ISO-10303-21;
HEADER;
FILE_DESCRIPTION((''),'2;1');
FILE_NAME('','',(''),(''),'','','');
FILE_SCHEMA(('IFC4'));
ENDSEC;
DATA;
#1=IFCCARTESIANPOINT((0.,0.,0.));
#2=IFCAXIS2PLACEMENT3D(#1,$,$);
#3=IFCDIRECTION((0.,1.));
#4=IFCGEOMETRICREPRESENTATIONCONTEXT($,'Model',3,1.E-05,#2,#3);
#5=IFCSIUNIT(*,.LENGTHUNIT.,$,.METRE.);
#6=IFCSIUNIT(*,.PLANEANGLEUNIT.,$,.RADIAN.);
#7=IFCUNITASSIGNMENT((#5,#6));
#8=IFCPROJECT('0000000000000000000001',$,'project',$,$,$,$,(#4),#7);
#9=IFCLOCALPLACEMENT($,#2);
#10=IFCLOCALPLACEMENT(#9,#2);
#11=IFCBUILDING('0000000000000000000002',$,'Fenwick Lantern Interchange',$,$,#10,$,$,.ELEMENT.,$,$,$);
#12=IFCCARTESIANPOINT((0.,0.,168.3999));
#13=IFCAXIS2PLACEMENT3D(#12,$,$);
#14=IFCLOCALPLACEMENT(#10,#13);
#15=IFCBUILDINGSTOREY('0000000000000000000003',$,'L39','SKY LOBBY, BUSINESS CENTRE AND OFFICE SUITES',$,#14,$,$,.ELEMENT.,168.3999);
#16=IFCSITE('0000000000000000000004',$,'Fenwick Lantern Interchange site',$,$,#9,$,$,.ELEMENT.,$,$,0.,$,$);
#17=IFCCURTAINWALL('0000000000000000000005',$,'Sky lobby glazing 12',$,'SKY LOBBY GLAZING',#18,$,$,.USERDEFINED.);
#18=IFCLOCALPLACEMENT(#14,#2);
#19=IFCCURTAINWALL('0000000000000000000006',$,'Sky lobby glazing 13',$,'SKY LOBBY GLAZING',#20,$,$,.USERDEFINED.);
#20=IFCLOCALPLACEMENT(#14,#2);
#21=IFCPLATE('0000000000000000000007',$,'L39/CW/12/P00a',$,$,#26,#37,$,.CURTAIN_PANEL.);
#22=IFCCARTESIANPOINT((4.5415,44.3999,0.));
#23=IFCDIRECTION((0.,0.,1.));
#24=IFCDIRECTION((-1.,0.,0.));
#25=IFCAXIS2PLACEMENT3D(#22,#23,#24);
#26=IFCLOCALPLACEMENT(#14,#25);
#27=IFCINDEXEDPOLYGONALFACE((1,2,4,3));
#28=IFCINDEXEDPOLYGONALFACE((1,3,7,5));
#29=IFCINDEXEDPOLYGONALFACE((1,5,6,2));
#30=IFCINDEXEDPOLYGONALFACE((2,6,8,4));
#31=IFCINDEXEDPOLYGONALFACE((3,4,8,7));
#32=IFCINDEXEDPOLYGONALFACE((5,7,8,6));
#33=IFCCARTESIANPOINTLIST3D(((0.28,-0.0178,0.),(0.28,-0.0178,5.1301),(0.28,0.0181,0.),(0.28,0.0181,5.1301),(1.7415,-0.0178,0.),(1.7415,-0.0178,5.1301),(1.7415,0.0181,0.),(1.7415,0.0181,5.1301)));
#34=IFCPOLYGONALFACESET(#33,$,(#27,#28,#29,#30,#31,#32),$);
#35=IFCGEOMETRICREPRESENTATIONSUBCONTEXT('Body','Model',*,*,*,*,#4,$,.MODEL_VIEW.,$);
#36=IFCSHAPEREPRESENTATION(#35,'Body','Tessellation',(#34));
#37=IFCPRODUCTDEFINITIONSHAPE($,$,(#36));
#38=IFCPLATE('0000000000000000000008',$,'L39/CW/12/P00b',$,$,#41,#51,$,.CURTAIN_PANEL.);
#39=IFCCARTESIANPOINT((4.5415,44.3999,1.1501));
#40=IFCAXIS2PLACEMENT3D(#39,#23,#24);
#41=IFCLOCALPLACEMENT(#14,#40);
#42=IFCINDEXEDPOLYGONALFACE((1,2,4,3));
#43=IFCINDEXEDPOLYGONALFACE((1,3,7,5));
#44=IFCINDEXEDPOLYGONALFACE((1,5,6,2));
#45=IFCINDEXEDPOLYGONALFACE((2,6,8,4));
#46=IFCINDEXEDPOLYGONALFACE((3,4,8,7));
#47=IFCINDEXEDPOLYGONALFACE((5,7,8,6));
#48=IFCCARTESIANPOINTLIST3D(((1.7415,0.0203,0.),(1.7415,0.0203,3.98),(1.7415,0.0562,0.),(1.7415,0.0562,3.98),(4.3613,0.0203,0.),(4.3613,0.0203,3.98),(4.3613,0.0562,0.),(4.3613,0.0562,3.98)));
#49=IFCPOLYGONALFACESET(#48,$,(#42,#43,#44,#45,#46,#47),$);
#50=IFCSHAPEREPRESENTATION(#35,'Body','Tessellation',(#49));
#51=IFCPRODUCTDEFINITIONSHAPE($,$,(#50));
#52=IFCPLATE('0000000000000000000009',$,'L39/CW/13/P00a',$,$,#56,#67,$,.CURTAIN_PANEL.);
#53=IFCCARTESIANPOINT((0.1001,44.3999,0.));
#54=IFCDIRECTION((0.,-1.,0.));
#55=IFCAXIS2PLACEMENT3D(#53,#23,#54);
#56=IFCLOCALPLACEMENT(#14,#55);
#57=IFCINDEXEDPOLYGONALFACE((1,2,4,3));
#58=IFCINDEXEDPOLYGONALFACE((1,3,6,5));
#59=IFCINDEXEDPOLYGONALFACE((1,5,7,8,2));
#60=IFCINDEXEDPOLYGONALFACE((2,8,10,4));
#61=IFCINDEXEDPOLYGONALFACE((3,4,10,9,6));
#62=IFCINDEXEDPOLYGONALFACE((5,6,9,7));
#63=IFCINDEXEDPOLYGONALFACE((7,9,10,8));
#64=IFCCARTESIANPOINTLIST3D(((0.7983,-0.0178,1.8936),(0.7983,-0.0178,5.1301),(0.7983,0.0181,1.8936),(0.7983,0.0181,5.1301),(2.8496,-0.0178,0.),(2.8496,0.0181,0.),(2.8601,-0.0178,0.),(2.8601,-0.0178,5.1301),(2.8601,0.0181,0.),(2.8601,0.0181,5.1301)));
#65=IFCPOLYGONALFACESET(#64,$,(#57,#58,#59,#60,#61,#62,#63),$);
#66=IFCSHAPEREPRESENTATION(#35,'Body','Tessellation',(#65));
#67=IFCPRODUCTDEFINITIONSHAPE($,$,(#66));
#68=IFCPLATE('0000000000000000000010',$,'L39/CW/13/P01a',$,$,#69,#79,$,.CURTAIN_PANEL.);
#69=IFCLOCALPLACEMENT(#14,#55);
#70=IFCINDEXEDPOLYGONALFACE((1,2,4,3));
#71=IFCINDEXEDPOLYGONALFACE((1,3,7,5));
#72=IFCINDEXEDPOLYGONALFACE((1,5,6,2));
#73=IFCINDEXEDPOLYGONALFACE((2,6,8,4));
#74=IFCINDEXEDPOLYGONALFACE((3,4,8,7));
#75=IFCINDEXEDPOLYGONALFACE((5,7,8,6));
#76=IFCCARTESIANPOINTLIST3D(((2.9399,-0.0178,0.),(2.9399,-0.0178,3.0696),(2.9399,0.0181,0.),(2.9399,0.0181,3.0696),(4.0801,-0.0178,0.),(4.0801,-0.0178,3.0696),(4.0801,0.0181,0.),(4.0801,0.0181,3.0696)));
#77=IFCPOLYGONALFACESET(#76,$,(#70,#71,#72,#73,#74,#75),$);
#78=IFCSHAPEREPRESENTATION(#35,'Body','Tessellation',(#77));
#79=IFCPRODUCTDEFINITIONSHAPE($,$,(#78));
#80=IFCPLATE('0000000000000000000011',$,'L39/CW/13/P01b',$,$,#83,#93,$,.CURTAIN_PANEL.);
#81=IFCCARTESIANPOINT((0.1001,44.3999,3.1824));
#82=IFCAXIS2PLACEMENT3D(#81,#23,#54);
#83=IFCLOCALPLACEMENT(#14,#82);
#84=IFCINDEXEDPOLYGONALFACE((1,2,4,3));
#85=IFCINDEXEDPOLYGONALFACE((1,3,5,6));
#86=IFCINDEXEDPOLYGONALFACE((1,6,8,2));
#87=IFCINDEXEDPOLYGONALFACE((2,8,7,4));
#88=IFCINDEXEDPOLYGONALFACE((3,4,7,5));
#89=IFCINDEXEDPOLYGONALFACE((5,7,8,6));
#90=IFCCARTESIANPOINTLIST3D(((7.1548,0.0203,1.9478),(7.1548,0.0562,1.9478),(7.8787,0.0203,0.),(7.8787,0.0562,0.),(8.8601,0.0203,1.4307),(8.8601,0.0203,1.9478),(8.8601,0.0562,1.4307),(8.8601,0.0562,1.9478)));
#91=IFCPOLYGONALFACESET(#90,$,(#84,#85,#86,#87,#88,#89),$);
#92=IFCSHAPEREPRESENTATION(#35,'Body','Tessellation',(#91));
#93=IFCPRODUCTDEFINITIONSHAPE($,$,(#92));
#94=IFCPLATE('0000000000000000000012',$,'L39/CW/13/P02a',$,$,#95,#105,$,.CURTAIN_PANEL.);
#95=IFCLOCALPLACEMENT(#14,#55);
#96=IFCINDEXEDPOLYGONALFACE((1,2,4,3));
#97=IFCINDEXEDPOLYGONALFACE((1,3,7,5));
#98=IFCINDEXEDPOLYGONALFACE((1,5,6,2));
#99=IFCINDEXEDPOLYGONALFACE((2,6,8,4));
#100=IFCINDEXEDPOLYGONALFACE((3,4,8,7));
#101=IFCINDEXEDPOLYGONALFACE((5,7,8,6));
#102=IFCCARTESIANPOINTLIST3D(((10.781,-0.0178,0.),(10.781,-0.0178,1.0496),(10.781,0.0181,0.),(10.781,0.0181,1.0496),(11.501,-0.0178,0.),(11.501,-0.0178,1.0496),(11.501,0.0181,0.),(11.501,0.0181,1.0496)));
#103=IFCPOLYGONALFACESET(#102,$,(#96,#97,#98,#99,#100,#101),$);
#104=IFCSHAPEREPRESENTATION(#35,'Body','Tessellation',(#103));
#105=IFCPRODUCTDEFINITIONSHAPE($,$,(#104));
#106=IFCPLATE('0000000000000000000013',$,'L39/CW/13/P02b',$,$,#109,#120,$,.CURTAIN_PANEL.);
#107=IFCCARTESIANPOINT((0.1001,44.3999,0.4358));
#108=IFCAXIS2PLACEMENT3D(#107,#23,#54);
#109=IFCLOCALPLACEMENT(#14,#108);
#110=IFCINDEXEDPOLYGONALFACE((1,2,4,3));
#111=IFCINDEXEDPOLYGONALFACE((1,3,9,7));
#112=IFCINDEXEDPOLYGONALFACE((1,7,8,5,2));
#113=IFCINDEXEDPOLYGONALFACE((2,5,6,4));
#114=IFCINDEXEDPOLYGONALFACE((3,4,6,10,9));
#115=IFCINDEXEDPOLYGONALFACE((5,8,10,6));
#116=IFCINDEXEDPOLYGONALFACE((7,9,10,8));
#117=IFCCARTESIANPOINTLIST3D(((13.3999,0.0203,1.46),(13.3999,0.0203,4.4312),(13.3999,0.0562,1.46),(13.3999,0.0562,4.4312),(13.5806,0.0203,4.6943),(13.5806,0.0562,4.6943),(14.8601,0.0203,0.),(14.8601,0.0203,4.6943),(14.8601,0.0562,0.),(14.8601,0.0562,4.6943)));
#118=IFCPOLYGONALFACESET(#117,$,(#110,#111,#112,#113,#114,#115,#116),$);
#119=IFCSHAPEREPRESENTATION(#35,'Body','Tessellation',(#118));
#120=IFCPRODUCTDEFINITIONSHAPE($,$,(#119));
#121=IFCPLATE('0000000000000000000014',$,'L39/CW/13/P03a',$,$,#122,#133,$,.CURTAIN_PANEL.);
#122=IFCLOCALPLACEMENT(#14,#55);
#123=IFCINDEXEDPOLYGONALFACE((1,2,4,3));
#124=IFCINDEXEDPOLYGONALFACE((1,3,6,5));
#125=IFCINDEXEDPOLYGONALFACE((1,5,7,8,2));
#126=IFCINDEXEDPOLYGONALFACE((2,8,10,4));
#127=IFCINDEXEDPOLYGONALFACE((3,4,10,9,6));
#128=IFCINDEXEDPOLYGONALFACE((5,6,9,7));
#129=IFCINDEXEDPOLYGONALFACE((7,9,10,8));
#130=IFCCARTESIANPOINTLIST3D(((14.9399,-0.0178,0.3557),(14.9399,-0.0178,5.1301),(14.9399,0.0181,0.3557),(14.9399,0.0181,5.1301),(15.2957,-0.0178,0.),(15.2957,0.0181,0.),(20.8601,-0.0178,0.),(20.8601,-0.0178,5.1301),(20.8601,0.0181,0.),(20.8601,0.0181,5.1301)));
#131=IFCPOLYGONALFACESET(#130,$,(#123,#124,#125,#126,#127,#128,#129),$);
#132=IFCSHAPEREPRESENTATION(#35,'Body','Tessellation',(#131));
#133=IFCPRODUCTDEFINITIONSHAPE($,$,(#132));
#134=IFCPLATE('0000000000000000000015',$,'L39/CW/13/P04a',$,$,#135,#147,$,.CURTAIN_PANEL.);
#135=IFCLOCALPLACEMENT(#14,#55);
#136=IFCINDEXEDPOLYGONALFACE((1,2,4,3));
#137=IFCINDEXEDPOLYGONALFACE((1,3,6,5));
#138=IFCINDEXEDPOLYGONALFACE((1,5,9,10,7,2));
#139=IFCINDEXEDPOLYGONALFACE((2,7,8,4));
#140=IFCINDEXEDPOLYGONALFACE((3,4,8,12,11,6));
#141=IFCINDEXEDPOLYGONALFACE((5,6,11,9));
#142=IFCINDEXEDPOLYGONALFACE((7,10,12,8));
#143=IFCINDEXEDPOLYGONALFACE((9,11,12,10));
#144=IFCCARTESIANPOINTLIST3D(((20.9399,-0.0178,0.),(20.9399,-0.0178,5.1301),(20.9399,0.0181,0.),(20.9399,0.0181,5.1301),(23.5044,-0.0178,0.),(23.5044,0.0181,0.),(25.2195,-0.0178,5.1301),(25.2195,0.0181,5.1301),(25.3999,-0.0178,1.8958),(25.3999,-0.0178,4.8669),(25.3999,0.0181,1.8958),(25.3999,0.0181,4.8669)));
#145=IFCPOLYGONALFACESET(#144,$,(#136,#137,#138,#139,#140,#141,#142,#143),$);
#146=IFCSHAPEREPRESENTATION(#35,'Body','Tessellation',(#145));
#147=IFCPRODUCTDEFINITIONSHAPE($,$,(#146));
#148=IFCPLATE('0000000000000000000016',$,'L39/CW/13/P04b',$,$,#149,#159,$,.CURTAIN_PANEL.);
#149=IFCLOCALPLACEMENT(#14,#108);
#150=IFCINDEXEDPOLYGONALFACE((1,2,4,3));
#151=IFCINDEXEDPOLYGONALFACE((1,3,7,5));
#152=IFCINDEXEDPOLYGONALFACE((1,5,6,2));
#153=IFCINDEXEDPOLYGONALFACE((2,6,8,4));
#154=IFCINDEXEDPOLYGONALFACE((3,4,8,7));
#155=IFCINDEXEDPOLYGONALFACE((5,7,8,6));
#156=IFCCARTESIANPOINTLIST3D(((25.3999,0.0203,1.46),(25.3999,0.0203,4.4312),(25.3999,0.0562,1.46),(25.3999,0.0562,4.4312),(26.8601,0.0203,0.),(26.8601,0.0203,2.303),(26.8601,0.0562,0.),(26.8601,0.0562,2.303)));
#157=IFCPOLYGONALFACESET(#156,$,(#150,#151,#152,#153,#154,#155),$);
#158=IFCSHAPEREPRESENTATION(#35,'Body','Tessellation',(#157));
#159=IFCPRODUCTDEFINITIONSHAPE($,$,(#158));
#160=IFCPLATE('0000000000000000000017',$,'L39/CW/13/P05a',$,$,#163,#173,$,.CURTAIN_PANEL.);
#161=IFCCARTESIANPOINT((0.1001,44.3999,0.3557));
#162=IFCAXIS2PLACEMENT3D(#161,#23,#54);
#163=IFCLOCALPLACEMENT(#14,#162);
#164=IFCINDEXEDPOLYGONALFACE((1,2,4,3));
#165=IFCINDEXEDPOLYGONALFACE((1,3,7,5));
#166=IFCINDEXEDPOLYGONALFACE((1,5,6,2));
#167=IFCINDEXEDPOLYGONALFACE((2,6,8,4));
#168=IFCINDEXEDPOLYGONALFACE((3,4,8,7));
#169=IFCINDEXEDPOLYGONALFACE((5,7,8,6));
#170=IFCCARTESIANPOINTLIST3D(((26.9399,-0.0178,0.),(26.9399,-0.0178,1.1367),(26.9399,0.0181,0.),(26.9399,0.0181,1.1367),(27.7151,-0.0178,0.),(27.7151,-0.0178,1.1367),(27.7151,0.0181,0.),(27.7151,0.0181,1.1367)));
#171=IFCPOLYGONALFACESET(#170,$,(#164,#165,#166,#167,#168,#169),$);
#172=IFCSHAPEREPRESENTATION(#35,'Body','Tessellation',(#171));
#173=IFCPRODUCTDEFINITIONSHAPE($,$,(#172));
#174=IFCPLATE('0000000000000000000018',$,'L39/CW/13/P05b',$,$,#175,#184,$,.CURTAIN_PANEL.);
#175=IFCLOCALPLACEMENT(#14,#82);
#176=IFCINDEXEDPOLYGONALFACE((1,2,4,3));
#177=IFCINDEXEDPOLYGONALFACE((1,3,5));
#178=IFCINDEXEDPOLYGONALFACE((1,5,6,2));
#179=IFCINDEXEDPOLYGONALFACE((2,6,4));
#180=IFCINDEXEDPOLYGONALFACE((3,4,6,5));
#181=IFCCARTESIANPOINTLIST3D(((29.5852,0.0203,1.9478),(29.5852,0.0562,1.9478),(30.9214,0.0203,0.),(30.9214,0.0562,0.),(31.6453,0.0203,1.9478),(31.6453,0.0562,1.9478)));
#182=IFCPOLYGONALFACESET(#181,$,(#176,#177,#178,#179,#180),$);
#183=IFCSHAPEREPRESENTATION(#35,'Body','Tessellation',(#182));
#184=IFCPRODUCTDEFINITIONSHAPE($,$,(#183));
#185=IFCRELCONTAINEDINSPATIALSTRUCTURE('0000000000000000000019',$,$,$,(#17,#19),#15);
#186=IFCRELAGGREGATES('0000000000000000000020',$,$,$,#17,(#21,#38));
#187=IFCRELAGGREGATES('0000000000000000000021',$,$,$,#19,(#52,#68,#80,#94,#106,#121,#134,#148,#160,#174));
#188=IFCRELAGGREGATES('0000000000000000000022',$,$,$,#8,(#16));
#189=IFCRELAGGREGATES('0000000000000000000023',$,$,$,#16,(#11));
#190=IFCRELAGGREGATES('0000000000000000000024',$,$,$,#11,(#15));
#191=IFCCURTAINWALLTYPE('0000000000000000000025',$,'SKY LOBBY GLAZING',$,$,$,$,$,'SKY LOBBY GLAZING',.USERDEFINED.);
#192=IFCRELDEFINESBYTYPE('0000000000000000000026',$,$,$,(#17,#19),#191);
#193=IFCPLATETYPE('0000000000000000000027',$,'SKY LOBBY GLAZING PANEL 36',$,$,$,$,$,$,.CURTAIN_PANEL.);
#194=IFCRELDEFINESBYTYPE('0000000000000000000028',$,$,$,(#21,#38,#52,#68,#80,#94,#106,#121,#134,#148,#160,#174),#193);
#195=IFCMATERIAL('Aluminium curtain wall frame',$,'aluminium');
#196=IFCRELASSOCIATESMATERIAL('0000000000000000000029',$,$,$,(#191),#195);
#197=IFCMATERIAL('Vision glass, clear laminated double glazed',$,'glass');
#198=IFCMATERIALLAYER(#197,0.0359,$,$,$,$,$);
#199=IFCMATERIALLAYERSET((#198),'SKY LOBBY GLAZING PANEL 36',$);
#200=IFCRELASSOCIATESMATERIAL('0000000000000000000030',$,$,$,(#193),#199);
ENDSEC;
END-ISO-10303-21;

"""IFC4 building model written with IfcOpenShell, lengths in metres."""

from ifc_helpers import new_model, si_unit, direction, frame, origin, place, context, subcontext, project, spatial, polyline, outline, extrude, material, layer, layer_set, type_object, element, aggregate, save


model = new_model("IFC4")

# Units and contexts
model_context = context("Model", 3, precision=1e-05, world=origin(), true_north=direction((0.0, 1.0)))
body_context = subcontext(model_context, "Body", "Model", "MODEL_VIEW")
ifc_project = project(units=[si_unit("LENGTHUNIT", "METRE"), si_unit("PLANEANGLEUNIT", "RADIAN")], contexts=[model_context])

# Site, building, storey
site_placement = place(None, origin())
site = spatial("IfcSite", under=ifc_project, at=site_placement, Name="Fenwick Lantern Interchange site", CompositionType="ELEMENT", RefElevation=0.0)
building_placement = place(site_placement, origin())
building = spatial("IfcBuilding", under=site, at=building_placement, Name="Fenwick Lantern Interchange", CompositionType="ELEMENT")
storey_placement = place(building_placement, frame((0.0, 0.0, 168.3999)))
storey = spatial("IfcBuildingStorey", under=building, at=storey_placement, Name="L39", Description="SKY LOBBY, BUSINESS CENTRE AND OFFICE SUITES", CompositionType="ELEMENT", Elevation=168.3999)

# Shared definitions
ifc_material_1 = material(Name="Aluminium curtain wall frame", Category="aluminium")
curtain_wall_type = type_object("IfcCurtainWallType", Name="SKY LOBBY GLAZING", ElementType="SKY LOBBY GLAZING", PredefinedType="USERDEFINED", material=ifc_material_1)

# Curtain wall
curtain_wall_1_placement = place(storey_placement, origin())
curtain_wall_1 = element("IfcCurtainWall", 1, at=curtain_wall_1_placement, inside=storey, type_object=curtain_wall_type, Name="Sky lobby glazing 12", ObjectType="SKY LOBBY GLAZING", PredefinedType="USERDEFINED")

# Curtain wall
curtain_wall_2_placement = place(storey_placement, origin())
curtain_wall_2 = element("IfcCurtainWall", 2, at=curtain_wall_2_placement, inside=storey, type_object=curtain_wall_type, Name="Sky lobby glazing 13", ObjectType="SKY LOBBY GLAZING", PredefinedType="USERDEFINED")

# Plates
ifc_material_2 = material(Name="Vision glass, clear laminated double glazed", Category="glass")
ifc_layer_1 = layer(ifc_material_2, 0.0359)
ifc_layer_set_1 = layer_set([ifc_layer_1], Name="SKY LOBBY GLAZING PANEL 36")
plate_type = type_object("IfcPlateType", Name="SKY LOBBY GLAZING PANEL 36", PredefinedType="CURTAIN_PANEL", material=ifc_layer_set_1)
plate_1_placement = place(storey_placement, frame((4.5415, 44.3999, 0.0), z_axis=(0.0, 0.0, 1.0), x_axis=(-1.0, 0.0, 0.0)))
plate_1 = element("IfcPlate", 3, at=plate_1_placement, type_object=plate_type, Name="L39/CW/12/P00a", PredefinedType="CURTAIN_PANEL", context=body_context, shape_type="SweptSolid", body=[
    extrude(outline(polyline([(0.28, 0.0), (1.7415, 0.0), (1.7415, 5.1301), (0.28, 5.1301), (0.28, 0.0)])), frame((0.0, 0.0181, 0.0), z_axis=(0.0, -1.0, 0.0), x_axis=(1.0, 0.0, 0.0)), (0.0, 0.0, 1.0), 0.0359),
])
plate_2_placement = place(storey_placement, frame((4.5415, 44.3999, 1.1501), z_axis=(0.0, 0.0, 1.0), x_axis=(-1.0, 0.0, 0.0)))
plate_2 = element("IfcPlate", 4, at=plate_2_placement, type_object=plate_type, Name="L39/CW/12/P00b", PredefinedType="CURTAIN_PANEL", context=body_context, shape_type="SweptSolid", body=[
    extrude(outline(polyline([(1.7415, 0.0), (4.3613, 0.0), (4.3613, 3.98), (1.7415, 3.98), (1.7415, 0.0)])), frame((0.0, 0.0562, 0.0), z_axis=(0.0, -1.0, 0.0), x_axis=(1.0, 0.0, 0.0)), (0.0, 0.0, 1.0), 0.0359),
])
aggregate(curtain_wall_1, [plate_1, plate_2])
plate_3_placement = place(storey_placement, frame((0.1001, 44.3999, 0.0), z_axis=(0.0, 0.0, 1.0), x_axis=(0.0, -1.0, 0.0)))
plate_3 = element("IfcPlate", 5, at=plate_3_placement, type_object=plate_type, Name="L39/CW/13/P00a", PredefinedType="CURTAIN_PANEL", context=body_context, shape_type="SweptSolid", body=[
    extrude(outline(polyline([(2.8496, 0.0), (2.8601, 0.0), (2.8601, 5.1301), (0.7983, 5.1301), (0.7983, 1.8936), (2.8496, 0.0)])), frame((0.0, 0.0181, 0.0), z_axis=(0.0, -1.0, 0.0), x_axis=(1.0, 0.0, 0.0)), (0.0, 0.0, 1.0), 0.0359),
])
plate_4_placement = place(storey_placement, frame((0.1001, 44.3999, 0.0), z_axis=(0.0, 0.0, 1.0), x_axis=(0.0, -1.0, 0.0)))
plate_4 = element("IfcPlate", 6, at=plate_4_placement, type_object=plate_type, Name="L39/CW/13/P01a", PredefinedType="CURTAIN_PANEL", context=body_context, shape_type="SweptSolid", body=[
    extrude(outline(polyline([(2.9399, 0.0), (4.0801, 0.0), (4.0801, 3.0696), (2.9399, 3.0696), (2.9399, 0.0)])), frame((0.0, 0.0181, 0.0), z_axis=(0.0, -1.0, 0.0), x_axis=(1.0, 0.0, 0.0)), (0.0, 0.0, 1.0), 0.0359),
])
plate_5_placement = place(storey_placement, frame((0.1001, 44.3999, 3.1824), z_axis=(0.0, 0.0, 1.0), x_axis=(0.0, -1.0, 0.0)))
plate_5 = element("IfcPlate", 7, at=plate_5_placement, type_object=plate_type, Name="L39/CW/13/P01b", PredefinedType="CURTAIN_PANEL", context=body_context, shape_type="SweptSolid", body=[
    extrude(outline(polyline([(7.8787, 0.0), (8.8601, 1.4307), (8.8601, 1.9478), (7.1548, 1.9478), (7.8787, 0.0)])), frame((0.0, 0.0562, 0.0), z_axis=(0.0, -1.0, 0.0), x_axis=(1.0, 0.0, 0.0)), (0.0, 0.0, 1.0), 0.0359),
])
plate_6_placement = place(storey_placement, frame((0.1001, 44.3999, 0.0), z_axis=(0.0, 0.0, 1.0), x_axis=(0.0, -1.0, 0.0)))
plate_6 = element("IfcPlate", 8, at=plate_6_placement, type_object=plate_type, Name="L39/CW/13/P02a", PredefinedType="CURTAIN_PANEL", context=body_context, shape_type="SweptSolid", body=[
    extrude(outline(polyline([(10.781, 0.0), (11.501, 0.0), (11.501, 1.0496), (10.781, 1.0496), (10.781, 0.0)])), frame((0.0, 0.0181, 0.0), z_axis=(0.0, -1.0, 0.0), x_axis=(1.0, 0.0, 0.0)), (0.0, 0.0, 1.0), 0.0359),
])
plate_7_placement = place(storey_placement, frame((0.1001, 44.3999, 0.4358), z_axis=(0.0, 0.0, 1.0), x_axis=(0.0, -1.0, 0.0)))
plate_7 = element("IfcPlate", 9, at=plate_7_placement, type_object=plate_type, Name="L39/CW/13/P02b", PredefinedType="CURTAIN_PANEL", context=body_context, shape_type="SweptSolid", body=[
    extrude(outline(polyline([(14.8601, 0.0), (14.8601, 4.6943), (13.5806, 4.6943), (13.3999, 4.4312), (13.3999, 1.46), (14.8601, 0.0)])), frame((0.0, 0.0562, 0.0), z_axis=(0.0, -1.0, 0.0), x_axis=(1.0, 0.0, 0.0)), (0.0, 0.0, 1.0), 0.0359),
])
plate_8_placement = place(storey_placement, frame((0.1001, 44.3999, 0.0), z_axis=(0.0, 0.0, 1.0), x_axis=(0.0, -1.0, 0.0)))
plate_8 = element("IfcPlate", 10, at=plate_8_placement, type_object=plate_type, Name="L39/CW/13/P03a", PredefinedType="CURTAIN_PANEL", context=body_context, shape_type="SweptSolid", body=[
    extrude(outline(polyline([(15.2957, 0.0), (20.8601, 0.0), (20.8601, 5.1301), (14.9399, 5.1301), (14.9399, 0.3557), (15.2957, 0.0)])), frame((0.0, 0.0181, 0.0), z_axis=(0.0, -1.0, 0.0), x_axis=(1.0, 0.0, 0.0)), (0.0, 0.0, 1.0), 0.0359),
])
plate_9_placement = place(storey_placement, frame((0.1001, 44.3999, 0.0), z_axis=(0.0, 0.0, 1.0), x_axis=(0.0, -1.0, 0.0)))
plate_9 = element("IfcPlate", 11, at=plate_9_placement, type_object=plate_type, Name="L39/CW/13/P04a", PredefinedType="CURTAIN_PANEL", context=body_context, shape_type="SweptSolid", body=[
    extrude(outline(polyline([(20.9399, 0.0), (23.5044, 0.0), (25.3999, 1.8958), (25.3999, 4.8669), (25.2195, 5.1301), (20.9399, 5.1301), (20.9399, 0.0)])), frame((0.0, 0.0181, 0.0), z_axis=(0.0, -1.0, 0.0), x_axis=(1.0, 0.0, 0.0)), (0.0, 0.0, 1.0), 0.0359),
])
plate_10_placement = place(storey_placement, frame((0.1001, 44.3999, 0.4358), z_axis=(0.0, 0.0, 1.0), x_axis=(0.0, -1.0, 0.0)))
plate_10 = element("IfcPlate", 12, at=plate_10_placement, type_object=plate_type, Name="L39/CW/13/P04b", PredefinedType="CURTAIN_PANEL", context=body_context, shape_type="SweptSolid", body=[
    extrude(outline(polyline([(26.8601, 0.0), (26.8601, 2.303), (25.3999, 4.4312), (25.3999, 1.46), (26.8601, 0.0)])), frame((0.0, 0.0562, 0.0), z_axis=(0.0, -1.0, 0.0), x_axis=(1.0, 0.0, 0.0)), (0.0, 0.0, 1.0), 0.0359),
])
plate_11_placement = place(storey_placement, frame((0.1001, 44.3999, 0.3557), z_axis=(0.0, 0.0, 1.0), x_axis=(0.0, -1.0, 0.0)))
plate_11 = element("IfcPlate", 13, at=plate_11_placement, type_object=plate_type, Name="L39/CW/13/P05a", PredefinedType="CURTAIN_PANEL", context=body_context, shape_type="SweptSolid", body=[
    extrude(outline(polyline([(26.9399, 0.0), (27.7151, 0.0), (27.7151, 1.1367), (26.9399, 1.1367), (26.9399, 0.0)])), frame((0.0, 0.0181, 0.0), z_axis=(0.0, -1.0, 0.0), x_axis=(1.0, 0.0, 0.0)), (0.0, 0.0, 1.0), 0.0359),
])
plate_12_placement = place(storey_placement, frame((0.1001, 44.3999, 3.1824), z_axis=(0.0, 0.0, 1.0), x_axis=(0.0, -1.0, 0.0)))
plate_12 = element("IfcPlate", 14, at=plate_12_placement, type_object=plate_type, Name="L39/CW/13/P05b", PredefinedType="CURTAIN_PANEL", context=body_context, shape_type="SweptSolid", body=[
    extrude(outline(polyline([(30.9214, 0.0), (31.6453, 1.9478), (29.5852, 1.9478), (30.9214, 0.0)])), frame((0.0, 0.0562, 0.0), z_axis=(0.0, -1.0, 0.0), x_axis=(1.0, 0.0, 0.0)), (0.0, 0.0, 1.0), 0.0359),
])
aggregate(curtain_wall_2, [plate_3, plate_4, plate_5, plate_6, plate_7, plate_8, plate_9, plate_10, plate_11, plate_12])

save(model, "model.ifc")
